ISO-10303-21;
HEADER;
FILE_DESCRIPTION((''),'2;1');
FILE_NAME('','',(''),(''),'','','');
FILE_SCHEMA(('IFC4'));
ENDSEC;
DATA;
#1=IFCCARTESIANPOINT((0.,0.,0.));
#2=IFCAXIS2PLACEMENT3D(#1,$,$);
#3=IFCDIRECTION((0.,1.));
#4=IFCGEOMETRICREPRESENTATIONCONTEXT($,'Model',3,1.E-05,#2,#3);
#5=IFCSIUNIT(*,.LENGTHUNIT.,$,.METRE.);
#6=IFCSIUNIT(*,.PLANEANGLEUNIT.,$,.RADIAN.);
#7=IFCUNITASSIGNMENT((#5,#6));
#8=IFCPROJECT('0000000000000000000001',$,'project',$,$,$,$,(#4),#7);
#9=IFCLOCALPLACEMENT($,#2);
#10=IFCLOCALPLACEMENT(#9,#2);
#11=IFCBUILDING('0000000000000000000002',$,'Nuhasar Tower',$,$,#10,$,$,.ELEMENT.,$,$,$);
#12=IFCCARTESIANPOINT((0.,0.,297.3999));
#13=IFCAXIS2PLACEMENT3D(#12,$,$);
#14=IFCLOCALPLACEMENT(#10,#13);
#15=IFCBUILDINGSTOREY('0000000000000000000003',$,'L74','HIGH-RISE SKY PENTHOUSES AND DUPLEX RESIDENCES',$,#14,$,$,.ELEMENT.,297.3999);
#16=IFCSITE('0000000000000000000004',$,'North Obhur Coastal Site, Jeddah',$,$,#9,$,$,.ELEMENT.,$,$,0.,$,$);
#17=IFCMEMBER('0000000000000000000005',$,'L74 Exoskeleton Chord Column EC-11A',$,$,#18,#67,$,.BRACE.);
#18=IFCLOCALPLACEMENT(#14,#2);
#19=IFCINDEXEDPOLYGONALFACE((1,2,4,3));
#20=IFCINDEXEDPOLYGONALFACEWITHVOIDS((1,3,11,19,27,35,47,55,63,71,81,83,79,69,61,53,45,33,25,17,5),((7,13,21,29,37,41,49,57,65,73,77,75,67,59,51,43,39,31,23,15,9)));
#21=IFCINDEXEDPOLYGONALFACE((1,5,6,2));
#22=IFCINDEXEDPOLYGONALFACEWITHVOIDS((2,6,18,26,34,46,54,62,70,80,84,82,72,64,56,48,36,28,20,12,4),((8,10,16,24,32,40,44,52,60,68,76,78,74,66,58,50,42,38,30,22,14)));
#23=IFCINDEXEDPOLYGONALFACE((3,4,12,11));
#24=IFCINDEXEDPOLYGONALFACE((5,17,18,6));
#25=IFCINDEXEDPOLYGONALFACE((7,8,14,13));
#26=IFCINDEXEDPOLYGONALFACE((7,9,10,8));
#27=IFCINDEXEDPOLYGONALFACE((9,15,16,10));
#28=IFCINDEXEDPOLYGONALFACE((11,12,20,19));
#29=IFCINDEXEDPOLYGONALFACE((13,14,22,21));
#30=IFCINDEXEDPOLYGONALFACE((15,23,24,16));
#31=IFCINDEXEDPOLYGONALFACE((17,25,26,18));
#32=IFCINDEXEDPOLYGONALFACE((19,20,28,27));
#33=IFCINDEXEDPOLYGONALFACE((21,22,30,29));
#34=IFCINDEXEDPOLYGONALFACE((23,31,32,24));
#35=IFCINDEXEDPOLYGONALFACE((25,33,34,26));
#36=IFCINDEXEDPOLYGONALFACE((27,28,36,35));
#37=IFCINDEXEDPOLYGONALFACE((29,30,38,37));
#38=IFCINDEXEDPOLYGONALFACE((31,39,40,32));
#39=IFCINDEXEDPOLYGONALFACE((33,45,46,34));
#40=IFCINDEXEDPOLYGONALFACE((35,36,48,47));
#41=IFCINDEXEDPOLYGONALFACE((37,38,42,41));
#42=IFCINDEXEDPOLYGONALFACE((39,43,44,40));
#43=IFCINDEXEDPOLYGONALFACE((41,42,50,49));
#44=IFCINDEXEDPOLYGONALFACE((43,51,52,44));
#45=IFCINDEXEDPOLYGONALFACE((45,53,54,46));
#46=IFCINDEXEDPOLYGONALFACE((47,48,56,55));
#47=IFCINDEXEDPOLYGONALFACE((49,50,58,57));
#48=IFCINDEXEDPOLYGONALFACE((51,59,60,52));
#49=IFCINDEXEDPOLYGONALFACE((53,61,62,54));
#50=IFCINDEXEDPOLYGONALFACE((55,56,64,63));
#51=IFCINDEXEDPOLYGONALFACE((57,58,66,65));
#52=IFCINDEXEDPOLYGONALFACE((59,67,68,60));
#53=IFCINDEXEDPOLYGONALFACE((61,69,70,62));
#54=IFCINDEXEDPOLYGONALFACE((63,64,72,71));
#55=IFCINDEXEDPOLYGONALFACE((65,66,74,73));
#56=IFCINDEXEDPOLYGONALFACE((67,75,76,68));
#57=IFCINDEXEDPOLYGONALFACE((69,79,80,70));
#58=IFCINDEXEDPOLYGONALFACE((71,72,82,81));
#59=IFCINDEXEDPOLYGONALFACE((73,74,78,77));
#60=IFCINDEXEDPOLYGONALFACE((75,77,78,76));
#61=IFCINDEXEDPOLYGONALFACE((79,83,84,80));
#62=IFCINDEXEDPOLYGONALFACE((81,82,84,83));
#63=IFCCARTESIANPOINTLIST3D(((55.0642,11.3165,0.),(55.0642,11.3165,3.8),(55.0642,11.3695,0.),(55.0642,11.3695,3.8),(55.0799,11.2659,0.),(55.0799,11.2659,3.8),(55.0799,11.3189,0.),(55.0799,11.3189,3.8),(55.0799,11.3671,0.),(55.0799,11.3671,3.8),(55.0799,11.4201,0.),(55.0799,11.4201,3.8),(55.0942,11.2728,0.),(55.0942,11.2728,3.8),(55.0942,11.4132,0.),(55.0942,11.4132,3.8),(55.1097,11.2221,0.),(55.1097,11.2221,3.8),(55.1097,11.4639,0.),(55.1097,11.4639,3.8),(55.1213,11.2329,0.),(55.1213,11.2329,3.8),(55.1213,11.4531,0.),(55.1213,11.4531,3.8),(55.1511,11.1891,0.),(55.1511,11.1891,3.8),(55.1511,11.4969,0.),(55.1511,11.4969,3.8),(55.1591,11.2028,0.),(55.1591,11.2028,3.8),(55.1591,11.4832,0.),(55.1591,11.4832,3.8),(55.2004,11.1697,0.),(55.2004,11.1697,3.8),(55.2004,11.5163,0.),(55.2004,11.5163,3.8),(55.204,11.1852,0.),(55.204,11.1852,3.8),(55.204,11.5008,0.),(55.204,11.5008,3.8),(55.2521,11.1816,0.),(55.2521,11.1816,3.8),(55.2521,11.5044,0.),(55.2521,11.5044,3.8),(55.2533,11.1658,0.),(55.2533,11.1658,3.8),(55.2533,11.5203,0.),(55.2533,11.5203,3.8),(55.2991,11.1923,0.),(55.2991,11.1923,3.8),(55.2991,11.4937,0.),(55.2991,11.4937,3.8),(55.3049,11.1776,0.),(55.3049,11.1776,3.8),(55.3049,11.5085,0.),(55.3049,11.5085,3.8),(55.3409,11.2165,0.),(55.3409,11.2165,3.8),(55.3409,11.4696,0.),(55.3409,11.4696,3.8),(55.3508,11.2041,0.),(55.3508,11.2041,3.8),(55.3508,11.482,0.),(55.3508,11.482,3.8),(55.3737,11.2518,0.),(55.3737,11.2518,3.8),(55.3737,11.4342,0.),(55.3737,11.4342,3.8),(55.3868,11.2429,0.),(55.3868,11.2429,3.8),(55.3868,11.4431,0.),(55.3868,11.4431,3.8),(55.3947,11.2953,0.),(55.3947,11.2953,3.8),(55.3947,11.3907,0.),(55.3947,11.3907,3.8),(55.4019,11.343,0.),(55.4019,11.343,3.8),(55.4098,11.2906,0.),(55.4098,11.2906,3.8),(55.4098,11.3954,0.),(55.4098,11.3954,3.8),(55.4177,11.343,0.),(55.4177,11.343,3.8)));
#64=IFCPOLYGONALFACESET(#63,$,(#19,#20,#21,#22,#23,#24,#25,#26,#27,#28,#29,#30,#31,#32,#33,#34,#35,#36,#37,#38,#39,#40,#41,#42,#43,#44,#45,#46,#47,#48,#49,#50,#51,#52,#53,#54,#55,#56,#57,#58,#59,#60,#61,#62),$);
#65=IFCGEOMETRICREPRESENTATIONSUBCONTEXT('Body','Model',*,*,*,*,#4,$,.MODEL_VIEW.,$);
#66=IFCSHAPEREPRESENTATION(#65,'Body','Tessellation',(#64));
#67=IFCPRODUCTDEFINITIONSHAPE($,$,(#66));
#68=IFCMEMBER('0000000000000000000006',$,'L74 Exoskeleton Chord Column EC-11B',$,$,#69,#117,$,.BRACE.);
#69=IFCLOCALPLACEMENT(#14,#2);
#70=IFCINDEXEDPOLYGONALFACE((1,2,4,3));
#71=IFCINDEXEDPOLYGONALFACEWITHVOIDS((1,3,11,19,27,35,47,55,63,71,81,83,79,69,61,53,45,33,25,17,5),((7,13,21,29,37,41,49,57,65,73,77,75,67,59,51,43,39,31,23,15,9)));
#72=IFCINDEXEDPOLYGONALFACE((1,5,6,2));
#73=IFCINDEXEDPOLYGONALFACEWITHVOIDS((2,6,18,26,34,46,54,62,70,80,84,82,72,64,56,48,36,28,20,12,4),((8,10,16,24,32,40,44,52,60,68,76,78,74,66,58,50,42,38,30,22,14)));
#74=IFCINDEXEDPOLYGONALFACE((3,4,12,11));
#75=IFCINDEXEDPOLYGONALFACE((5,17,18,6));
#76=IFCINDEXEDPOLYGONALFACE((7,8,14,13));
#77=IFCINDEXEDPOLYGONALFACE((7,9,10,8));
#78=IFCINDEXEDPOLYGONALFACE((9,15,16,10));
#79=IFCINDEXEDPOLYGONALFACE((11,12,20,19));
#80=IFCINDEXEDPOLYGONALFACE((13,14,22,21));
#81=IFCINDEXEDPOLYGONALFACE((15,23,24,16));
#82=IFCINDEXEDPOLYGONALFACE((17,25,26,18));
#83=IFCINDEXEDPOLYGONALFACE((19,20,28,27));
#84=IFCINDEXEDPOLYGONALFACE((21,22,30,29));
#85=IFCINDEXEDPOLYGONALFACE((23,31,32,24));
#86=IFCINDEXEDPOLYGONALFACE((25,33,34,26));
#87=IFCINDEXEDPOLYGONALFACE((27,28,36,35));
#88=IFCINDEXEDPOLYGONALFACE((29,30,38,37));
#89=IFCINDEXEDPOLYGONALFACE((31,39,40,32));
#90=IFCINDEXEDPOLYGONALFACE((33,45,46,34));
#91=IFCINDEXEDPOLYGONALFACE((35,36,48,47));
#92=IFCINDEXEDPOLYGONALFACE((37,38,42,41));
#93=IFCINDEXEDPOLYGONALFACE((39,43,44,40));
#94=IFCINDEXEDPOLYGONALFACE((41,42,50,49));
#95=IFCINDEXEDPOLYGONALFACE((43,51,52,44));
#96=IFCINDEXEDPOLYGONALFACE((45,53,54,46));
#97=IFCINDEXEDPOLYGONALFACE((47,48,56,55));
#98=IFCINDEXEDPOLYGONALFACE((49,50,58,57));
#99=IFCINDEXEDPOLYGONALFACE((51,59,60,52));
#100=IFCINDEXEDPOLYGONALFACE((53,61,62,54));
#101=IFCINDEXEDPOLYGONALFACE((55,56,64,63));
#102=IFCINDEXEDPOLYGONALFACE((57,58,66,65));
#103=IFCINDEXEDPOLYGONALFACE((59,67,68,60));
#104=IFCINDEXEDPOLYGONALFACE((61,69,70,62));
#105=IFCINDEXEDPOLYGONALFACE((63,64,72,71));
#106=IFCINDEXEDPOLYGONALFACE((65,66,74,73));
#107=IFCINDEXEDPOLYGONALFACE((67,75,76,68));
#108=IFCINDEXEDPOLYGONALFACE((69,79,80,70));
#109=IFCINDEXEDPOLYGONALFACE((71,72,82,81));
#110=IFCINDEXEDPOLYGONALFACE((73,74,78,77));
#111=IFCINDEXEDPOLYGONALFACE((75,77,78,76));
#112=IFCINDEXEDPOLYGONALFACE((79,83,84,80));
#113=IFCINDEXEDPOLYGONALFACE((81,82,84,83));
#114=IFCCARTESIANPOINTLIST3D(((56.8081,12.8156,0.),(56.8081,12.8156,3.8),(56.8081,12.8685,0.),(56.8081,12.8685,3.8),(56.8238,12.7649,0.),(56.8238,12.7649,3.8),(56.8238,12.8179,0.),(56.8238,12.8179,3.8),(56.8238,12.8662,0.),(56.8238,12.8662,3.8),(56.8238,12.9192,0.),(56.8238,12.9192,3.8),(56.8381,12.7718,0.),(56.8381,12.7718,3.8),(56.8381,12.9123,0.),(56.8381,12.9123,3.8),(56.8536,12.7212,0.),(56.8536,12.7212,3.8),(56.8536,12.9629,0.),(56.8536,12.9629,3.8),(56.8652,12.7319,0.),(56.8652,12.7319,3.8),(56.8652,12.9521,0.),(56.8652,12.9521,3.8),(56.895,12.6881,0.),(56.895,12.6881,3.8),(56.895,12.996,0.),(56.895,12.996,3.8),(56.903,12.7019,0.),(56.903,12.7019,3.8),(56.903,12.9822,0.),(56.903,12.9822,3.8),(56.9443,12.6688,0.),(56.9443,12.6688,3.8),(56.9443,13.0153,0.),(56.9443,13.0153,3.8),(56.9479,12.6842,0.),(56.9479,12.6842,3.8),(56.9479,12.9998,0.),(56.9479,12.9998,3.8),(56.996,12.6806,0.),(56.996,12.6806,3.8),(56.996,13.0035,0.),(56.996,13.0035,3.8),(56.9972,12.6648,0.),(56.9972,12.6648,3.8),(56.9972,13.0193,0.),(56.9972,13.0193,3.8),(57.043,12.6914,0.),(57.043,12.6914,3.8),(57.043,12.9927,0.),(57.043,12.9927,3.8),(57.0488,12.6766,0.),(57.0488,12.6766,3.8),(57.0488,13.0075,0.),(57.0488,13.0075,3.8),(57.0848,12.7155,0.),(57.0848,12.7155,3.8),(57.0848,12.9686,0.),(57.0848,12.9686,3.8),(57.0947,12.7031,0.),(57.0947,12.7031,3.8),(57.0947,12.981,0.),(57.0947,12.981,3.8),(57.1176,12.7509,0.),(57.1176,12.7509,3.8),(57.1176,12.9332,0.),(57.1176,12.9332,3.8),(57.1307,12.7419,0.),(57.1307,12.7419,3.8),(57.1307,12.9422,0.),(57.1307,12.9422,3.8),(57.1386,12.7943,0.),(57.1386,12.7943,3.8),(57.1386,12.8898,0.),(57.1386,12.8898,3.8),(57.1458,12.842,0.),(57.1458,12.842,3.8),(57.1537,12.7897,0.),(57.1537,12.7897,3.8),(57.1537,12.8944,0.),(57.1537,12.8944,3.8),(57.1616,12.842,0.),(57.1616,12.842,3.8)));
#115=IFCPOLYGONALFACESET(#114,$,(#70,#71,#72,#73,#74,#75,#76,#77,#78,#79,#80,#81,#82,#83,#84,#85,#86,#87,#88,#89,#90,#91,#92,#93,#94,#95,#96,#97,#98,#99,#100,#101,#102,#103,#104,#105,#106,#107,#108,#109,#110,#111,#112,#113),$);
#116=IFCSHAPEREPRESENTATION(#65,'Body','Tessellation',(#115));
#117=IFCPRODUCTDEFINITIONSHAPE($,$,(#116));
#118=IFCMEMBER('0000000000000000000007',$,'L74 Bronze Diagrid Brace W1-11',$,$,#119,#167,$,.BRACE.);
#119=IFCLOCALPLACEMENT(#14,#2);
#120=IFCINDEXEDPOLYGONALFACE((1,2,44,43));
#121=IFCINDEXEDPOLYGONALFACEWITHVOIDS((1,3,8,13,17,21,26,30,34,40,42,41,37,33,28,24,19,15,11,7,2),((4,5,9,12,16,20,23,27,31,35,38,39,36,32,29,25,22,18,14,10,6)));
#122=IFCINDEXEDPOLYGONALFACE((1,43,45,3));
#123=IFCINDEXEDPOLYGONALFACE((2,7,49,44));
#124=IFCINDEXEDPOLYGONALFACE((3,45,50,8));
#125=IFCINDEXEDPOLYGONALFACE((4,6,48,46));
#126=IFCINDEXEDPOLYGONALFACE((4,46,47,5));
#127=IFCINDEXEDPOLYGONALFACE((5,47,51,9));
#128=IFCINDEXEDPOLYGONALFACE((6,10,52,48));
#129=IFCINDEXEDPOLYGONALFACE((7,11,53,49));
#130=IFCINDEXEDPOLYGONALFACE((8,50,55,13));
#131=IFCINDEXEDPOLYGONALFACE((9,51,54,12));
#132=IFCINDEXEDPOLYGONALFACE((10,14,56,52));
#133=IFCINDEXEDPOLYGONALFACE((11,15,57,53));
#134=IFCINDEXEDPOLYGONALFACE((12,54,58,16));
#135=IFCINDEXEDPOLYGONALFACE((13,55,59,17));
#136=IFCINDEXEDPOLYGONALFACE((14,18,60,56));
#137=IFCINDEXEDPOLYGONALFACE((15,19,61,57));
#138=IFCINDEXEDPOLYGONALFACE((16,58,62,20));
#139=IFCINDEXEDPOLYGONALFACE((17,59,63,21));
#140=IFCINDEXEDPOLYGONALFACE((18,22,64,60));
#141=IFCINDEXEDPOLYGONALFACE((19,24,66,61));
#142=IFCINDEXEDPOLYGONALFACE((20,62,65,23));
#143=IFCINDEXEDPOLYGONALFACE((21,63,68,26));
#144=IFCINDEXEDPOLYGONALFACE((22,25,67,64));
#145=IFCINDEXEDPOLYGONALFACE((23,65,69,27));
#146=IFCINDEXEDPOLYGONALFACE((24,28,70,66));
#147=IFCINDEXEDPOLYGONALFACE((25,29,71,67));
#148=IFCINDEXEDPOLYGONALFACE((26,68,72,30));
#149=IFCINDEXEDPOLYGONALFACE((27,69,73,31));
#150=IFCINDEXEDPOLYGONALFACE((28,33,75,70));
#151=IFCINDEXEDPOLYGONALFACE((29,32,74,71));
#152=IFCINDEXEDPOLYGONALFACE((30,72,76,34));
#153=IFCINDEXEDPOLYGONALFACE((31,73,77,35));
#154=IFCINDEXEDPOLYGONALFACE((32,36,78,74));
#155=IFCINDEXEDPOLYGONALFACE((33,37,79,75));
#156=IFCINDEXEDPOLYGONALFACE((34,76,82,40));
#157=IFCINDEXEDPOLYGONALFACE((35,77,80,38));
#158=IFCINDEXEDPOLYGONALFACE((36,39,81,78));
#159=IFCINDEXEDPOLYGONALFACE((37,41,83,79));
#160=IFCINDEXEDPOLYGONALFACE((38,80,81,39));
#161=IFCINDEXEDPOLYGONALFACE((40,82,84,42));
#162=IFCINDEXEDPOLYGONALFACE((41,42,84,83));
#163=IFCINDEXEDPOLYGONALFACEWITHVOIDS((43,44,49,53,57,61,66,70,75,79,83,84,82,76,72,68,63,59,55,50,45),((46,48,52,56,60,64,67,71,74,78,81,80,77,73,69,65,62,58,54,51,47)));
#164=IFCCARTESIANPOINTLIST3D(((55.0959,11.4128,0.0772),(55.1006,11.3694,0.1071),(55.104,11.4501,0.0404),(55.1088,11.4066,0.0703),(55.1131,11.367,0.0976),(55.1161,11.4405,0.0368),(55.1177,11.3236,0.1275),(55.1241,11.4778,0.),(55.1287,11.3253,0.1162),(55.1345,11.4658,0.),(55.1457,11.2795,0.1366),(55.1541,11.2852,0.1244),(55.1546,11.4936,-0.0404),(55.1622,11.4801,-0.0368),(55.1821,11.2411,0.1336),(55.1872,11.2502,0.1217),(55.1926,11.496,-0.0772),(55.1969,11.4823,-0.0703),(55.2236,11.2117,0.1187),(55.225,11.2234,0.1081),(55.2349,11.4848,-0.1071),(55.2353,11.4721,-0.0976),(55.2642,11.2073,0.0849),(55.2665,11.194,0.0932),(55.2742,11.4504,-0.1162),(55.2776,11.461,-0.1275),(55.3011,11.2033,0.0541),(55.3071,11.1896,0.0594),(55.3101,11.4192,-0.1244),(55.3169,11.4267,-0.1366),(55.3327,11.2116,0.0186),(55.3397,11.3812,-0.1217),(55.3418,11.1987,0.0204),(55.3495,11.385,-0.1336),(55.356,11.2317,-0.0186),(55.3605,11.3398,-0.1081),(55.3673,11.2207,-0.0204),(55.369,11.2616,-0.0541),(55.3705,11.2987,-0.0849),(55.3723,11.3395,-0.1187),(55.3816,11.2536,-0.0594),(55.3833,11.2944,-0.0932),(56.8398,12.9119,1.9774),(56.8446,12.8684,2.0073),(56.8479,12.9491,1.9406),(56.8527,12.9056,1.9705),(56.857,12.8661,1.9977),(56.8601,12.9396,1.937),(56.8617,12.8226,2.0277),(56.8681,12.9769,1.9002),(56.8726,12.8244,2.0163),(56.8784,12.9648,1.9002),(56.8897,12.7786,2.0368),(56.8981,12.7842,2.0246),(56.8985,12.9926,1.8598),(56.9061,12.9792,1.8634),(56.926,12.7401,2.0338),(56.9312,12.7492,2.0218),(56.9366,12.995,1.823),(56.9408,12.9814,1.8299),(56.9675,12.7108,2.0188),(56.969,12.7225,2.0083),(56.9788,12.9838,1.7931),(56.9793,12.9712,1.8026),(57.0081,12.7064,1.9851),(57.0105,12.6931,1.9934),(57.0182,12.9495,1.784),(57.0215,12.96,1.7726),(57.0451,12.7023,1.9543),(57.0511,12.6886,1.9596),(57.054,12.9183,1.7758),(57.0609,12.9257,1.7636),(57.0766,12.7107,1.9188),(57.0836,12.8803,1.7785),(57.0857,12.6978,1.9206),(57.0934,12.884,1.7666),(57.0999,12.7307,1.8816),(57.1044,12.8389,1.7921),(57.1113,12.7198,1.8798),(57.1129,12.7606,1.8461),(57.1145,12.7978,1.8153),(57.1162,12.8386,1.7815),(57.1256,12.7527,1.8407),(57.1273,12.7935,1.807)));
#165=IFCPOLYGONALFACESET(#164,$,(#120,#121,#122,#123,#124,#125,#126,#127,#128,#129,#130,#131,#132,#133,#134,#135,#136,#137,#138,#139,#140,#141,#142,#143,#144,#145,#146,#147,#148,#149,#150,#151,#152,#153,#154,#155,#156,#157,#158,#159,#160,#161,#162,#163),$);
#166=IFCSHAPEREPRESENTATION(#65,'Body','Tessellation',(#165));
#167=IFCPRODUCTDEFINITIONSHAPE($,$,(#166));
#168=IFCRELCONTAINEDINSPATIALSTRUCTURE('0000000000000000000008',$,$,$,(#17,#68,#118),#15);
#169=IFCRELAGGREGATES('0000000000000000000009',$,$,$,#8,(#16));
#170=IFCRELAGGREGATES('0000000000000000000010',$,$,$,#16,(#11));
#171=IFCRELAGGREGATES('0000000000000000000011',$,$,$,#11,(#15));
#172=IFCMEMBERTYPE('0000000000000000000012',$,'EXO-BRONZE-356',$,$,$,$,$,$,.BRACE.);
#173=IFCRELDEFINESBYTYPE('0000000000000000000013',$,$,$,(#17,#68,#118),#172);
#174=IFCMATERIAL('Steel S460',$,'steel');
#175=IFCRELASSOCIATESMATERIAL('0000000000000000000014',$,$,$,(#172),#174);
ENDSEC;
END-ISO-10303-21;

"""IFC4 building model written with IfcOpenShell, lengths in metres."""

from ifc_helpers import new_model, si_unit, direction, frame, origin, origin_2d, place, context, subcontext, project, spatial, hollow_circle, extrude, material, material_profile, profile_set, type_object, element, save


model = new_model("IFC4")

# Units and contexts
model_context = context("Model", 3, precision=1e-05, world=origin(), true_north=direction((0.0, 1.0)))
body_context = subcontext(model_context, "Body", "Model", "MODEL_VIEW")
ifc_project = project(units=[si_unit("LENGTHUNIT", "METRE"), si_unit("PLANEANGLEUNIT", "RADIAN")], contexts=[model_context])

# Site, building, storey
site_placement = place(None, origin())
site = spatial("IfcSite", under=ifc_project, at=site_placement, Name="North Obhur Coastal Site, Jeddah", CompositionType="ELEMENT", RefElevation=0.0)
building_placement = place(site_placement, origin())
building = spatial("IfcBuilding", under=site, at=building_placement, Name="Nuhasar Tower", CompositionType="ELEMENT")
storey_placement = place(building_placement, frame((0.0, 0.0, 297.3999)))
storey = spatial("IfcBuildingStorey", under=building, at=storey_placement, Name="L74", Description="HIGH-RISE SKY PENTHOUSES AND DUPLEX RESIDENCES", CompositionType="ELEMENT", Elevation=297.3999)

# Members
ifc_material_1 = material(Name="Steel S460", Category="steel")
ifc_material_profile_1 = material_profile(ifc_material_1, hollow_circle(Radius=0.1777, WallThickness=0.0159, at=origin_2d()), Name="HSS355.6X15.9")
ifc_profile_set_1 = profile_set([ifc_material_profile_1], Name="Steel S460")
member_type_1 = type_object("IfcMemberType", Name="EXO-BRONZE-356", PredefinedType="BRACE", material=ifc_profile_set_1)
for number, where, z_axis, x_axis, name in (
    (1, (55.24, 11.343, 0.0), (0.0, 0.0, 1.0), (1.0, 0.0, 0.0), "L74 Exoskeleton Chord Column EC-11A"),
    (2, (56.9839, 12.842, 0.0), (0.0, 0.0, 1.0), (1.0, 0.0, 0.0), "L74 Exoskeleton Chord Column EC-11B"),
):
    element("IfcMember", number, at=place(storey_placement, frame(where, z_axis=z_axis, x_axis=x_axis)), inside=storey, type_object=member_type_1, Name=name, PredefinedType="BRACE", context=body_context, shape_type="SweptSolid", body=[
        extrude(hollow_circle(Radius=0.1777, WallThickness=0.0159, at=origin_2d()), origin(), (0.0, 0.0, 1.0), 3.8),
    ])
member_1_placement = place(storey_placement, frame((55.24, 11.343, 0.0), z_axis=(0.584595, 0.502508, 0.636973), x_axis=(-0.651857, 0.758342, 0.0)))
element("IfcMember", 3, at=member_1_placement, inside=storey, type_object=member_type_1, Name="L74 Bronze Diagrid Brace W1-11", PredefinedType="BRACE", context=body_context, shape_type="SweptSolid", body=[
    extrude(hollow_circle(Radius=0.1777, WallThickness=0.0159, at=origin_2d()), origin(), (0.0, 0.0, 1.0), 2.9832),
])

save(model, "model.ifc")
